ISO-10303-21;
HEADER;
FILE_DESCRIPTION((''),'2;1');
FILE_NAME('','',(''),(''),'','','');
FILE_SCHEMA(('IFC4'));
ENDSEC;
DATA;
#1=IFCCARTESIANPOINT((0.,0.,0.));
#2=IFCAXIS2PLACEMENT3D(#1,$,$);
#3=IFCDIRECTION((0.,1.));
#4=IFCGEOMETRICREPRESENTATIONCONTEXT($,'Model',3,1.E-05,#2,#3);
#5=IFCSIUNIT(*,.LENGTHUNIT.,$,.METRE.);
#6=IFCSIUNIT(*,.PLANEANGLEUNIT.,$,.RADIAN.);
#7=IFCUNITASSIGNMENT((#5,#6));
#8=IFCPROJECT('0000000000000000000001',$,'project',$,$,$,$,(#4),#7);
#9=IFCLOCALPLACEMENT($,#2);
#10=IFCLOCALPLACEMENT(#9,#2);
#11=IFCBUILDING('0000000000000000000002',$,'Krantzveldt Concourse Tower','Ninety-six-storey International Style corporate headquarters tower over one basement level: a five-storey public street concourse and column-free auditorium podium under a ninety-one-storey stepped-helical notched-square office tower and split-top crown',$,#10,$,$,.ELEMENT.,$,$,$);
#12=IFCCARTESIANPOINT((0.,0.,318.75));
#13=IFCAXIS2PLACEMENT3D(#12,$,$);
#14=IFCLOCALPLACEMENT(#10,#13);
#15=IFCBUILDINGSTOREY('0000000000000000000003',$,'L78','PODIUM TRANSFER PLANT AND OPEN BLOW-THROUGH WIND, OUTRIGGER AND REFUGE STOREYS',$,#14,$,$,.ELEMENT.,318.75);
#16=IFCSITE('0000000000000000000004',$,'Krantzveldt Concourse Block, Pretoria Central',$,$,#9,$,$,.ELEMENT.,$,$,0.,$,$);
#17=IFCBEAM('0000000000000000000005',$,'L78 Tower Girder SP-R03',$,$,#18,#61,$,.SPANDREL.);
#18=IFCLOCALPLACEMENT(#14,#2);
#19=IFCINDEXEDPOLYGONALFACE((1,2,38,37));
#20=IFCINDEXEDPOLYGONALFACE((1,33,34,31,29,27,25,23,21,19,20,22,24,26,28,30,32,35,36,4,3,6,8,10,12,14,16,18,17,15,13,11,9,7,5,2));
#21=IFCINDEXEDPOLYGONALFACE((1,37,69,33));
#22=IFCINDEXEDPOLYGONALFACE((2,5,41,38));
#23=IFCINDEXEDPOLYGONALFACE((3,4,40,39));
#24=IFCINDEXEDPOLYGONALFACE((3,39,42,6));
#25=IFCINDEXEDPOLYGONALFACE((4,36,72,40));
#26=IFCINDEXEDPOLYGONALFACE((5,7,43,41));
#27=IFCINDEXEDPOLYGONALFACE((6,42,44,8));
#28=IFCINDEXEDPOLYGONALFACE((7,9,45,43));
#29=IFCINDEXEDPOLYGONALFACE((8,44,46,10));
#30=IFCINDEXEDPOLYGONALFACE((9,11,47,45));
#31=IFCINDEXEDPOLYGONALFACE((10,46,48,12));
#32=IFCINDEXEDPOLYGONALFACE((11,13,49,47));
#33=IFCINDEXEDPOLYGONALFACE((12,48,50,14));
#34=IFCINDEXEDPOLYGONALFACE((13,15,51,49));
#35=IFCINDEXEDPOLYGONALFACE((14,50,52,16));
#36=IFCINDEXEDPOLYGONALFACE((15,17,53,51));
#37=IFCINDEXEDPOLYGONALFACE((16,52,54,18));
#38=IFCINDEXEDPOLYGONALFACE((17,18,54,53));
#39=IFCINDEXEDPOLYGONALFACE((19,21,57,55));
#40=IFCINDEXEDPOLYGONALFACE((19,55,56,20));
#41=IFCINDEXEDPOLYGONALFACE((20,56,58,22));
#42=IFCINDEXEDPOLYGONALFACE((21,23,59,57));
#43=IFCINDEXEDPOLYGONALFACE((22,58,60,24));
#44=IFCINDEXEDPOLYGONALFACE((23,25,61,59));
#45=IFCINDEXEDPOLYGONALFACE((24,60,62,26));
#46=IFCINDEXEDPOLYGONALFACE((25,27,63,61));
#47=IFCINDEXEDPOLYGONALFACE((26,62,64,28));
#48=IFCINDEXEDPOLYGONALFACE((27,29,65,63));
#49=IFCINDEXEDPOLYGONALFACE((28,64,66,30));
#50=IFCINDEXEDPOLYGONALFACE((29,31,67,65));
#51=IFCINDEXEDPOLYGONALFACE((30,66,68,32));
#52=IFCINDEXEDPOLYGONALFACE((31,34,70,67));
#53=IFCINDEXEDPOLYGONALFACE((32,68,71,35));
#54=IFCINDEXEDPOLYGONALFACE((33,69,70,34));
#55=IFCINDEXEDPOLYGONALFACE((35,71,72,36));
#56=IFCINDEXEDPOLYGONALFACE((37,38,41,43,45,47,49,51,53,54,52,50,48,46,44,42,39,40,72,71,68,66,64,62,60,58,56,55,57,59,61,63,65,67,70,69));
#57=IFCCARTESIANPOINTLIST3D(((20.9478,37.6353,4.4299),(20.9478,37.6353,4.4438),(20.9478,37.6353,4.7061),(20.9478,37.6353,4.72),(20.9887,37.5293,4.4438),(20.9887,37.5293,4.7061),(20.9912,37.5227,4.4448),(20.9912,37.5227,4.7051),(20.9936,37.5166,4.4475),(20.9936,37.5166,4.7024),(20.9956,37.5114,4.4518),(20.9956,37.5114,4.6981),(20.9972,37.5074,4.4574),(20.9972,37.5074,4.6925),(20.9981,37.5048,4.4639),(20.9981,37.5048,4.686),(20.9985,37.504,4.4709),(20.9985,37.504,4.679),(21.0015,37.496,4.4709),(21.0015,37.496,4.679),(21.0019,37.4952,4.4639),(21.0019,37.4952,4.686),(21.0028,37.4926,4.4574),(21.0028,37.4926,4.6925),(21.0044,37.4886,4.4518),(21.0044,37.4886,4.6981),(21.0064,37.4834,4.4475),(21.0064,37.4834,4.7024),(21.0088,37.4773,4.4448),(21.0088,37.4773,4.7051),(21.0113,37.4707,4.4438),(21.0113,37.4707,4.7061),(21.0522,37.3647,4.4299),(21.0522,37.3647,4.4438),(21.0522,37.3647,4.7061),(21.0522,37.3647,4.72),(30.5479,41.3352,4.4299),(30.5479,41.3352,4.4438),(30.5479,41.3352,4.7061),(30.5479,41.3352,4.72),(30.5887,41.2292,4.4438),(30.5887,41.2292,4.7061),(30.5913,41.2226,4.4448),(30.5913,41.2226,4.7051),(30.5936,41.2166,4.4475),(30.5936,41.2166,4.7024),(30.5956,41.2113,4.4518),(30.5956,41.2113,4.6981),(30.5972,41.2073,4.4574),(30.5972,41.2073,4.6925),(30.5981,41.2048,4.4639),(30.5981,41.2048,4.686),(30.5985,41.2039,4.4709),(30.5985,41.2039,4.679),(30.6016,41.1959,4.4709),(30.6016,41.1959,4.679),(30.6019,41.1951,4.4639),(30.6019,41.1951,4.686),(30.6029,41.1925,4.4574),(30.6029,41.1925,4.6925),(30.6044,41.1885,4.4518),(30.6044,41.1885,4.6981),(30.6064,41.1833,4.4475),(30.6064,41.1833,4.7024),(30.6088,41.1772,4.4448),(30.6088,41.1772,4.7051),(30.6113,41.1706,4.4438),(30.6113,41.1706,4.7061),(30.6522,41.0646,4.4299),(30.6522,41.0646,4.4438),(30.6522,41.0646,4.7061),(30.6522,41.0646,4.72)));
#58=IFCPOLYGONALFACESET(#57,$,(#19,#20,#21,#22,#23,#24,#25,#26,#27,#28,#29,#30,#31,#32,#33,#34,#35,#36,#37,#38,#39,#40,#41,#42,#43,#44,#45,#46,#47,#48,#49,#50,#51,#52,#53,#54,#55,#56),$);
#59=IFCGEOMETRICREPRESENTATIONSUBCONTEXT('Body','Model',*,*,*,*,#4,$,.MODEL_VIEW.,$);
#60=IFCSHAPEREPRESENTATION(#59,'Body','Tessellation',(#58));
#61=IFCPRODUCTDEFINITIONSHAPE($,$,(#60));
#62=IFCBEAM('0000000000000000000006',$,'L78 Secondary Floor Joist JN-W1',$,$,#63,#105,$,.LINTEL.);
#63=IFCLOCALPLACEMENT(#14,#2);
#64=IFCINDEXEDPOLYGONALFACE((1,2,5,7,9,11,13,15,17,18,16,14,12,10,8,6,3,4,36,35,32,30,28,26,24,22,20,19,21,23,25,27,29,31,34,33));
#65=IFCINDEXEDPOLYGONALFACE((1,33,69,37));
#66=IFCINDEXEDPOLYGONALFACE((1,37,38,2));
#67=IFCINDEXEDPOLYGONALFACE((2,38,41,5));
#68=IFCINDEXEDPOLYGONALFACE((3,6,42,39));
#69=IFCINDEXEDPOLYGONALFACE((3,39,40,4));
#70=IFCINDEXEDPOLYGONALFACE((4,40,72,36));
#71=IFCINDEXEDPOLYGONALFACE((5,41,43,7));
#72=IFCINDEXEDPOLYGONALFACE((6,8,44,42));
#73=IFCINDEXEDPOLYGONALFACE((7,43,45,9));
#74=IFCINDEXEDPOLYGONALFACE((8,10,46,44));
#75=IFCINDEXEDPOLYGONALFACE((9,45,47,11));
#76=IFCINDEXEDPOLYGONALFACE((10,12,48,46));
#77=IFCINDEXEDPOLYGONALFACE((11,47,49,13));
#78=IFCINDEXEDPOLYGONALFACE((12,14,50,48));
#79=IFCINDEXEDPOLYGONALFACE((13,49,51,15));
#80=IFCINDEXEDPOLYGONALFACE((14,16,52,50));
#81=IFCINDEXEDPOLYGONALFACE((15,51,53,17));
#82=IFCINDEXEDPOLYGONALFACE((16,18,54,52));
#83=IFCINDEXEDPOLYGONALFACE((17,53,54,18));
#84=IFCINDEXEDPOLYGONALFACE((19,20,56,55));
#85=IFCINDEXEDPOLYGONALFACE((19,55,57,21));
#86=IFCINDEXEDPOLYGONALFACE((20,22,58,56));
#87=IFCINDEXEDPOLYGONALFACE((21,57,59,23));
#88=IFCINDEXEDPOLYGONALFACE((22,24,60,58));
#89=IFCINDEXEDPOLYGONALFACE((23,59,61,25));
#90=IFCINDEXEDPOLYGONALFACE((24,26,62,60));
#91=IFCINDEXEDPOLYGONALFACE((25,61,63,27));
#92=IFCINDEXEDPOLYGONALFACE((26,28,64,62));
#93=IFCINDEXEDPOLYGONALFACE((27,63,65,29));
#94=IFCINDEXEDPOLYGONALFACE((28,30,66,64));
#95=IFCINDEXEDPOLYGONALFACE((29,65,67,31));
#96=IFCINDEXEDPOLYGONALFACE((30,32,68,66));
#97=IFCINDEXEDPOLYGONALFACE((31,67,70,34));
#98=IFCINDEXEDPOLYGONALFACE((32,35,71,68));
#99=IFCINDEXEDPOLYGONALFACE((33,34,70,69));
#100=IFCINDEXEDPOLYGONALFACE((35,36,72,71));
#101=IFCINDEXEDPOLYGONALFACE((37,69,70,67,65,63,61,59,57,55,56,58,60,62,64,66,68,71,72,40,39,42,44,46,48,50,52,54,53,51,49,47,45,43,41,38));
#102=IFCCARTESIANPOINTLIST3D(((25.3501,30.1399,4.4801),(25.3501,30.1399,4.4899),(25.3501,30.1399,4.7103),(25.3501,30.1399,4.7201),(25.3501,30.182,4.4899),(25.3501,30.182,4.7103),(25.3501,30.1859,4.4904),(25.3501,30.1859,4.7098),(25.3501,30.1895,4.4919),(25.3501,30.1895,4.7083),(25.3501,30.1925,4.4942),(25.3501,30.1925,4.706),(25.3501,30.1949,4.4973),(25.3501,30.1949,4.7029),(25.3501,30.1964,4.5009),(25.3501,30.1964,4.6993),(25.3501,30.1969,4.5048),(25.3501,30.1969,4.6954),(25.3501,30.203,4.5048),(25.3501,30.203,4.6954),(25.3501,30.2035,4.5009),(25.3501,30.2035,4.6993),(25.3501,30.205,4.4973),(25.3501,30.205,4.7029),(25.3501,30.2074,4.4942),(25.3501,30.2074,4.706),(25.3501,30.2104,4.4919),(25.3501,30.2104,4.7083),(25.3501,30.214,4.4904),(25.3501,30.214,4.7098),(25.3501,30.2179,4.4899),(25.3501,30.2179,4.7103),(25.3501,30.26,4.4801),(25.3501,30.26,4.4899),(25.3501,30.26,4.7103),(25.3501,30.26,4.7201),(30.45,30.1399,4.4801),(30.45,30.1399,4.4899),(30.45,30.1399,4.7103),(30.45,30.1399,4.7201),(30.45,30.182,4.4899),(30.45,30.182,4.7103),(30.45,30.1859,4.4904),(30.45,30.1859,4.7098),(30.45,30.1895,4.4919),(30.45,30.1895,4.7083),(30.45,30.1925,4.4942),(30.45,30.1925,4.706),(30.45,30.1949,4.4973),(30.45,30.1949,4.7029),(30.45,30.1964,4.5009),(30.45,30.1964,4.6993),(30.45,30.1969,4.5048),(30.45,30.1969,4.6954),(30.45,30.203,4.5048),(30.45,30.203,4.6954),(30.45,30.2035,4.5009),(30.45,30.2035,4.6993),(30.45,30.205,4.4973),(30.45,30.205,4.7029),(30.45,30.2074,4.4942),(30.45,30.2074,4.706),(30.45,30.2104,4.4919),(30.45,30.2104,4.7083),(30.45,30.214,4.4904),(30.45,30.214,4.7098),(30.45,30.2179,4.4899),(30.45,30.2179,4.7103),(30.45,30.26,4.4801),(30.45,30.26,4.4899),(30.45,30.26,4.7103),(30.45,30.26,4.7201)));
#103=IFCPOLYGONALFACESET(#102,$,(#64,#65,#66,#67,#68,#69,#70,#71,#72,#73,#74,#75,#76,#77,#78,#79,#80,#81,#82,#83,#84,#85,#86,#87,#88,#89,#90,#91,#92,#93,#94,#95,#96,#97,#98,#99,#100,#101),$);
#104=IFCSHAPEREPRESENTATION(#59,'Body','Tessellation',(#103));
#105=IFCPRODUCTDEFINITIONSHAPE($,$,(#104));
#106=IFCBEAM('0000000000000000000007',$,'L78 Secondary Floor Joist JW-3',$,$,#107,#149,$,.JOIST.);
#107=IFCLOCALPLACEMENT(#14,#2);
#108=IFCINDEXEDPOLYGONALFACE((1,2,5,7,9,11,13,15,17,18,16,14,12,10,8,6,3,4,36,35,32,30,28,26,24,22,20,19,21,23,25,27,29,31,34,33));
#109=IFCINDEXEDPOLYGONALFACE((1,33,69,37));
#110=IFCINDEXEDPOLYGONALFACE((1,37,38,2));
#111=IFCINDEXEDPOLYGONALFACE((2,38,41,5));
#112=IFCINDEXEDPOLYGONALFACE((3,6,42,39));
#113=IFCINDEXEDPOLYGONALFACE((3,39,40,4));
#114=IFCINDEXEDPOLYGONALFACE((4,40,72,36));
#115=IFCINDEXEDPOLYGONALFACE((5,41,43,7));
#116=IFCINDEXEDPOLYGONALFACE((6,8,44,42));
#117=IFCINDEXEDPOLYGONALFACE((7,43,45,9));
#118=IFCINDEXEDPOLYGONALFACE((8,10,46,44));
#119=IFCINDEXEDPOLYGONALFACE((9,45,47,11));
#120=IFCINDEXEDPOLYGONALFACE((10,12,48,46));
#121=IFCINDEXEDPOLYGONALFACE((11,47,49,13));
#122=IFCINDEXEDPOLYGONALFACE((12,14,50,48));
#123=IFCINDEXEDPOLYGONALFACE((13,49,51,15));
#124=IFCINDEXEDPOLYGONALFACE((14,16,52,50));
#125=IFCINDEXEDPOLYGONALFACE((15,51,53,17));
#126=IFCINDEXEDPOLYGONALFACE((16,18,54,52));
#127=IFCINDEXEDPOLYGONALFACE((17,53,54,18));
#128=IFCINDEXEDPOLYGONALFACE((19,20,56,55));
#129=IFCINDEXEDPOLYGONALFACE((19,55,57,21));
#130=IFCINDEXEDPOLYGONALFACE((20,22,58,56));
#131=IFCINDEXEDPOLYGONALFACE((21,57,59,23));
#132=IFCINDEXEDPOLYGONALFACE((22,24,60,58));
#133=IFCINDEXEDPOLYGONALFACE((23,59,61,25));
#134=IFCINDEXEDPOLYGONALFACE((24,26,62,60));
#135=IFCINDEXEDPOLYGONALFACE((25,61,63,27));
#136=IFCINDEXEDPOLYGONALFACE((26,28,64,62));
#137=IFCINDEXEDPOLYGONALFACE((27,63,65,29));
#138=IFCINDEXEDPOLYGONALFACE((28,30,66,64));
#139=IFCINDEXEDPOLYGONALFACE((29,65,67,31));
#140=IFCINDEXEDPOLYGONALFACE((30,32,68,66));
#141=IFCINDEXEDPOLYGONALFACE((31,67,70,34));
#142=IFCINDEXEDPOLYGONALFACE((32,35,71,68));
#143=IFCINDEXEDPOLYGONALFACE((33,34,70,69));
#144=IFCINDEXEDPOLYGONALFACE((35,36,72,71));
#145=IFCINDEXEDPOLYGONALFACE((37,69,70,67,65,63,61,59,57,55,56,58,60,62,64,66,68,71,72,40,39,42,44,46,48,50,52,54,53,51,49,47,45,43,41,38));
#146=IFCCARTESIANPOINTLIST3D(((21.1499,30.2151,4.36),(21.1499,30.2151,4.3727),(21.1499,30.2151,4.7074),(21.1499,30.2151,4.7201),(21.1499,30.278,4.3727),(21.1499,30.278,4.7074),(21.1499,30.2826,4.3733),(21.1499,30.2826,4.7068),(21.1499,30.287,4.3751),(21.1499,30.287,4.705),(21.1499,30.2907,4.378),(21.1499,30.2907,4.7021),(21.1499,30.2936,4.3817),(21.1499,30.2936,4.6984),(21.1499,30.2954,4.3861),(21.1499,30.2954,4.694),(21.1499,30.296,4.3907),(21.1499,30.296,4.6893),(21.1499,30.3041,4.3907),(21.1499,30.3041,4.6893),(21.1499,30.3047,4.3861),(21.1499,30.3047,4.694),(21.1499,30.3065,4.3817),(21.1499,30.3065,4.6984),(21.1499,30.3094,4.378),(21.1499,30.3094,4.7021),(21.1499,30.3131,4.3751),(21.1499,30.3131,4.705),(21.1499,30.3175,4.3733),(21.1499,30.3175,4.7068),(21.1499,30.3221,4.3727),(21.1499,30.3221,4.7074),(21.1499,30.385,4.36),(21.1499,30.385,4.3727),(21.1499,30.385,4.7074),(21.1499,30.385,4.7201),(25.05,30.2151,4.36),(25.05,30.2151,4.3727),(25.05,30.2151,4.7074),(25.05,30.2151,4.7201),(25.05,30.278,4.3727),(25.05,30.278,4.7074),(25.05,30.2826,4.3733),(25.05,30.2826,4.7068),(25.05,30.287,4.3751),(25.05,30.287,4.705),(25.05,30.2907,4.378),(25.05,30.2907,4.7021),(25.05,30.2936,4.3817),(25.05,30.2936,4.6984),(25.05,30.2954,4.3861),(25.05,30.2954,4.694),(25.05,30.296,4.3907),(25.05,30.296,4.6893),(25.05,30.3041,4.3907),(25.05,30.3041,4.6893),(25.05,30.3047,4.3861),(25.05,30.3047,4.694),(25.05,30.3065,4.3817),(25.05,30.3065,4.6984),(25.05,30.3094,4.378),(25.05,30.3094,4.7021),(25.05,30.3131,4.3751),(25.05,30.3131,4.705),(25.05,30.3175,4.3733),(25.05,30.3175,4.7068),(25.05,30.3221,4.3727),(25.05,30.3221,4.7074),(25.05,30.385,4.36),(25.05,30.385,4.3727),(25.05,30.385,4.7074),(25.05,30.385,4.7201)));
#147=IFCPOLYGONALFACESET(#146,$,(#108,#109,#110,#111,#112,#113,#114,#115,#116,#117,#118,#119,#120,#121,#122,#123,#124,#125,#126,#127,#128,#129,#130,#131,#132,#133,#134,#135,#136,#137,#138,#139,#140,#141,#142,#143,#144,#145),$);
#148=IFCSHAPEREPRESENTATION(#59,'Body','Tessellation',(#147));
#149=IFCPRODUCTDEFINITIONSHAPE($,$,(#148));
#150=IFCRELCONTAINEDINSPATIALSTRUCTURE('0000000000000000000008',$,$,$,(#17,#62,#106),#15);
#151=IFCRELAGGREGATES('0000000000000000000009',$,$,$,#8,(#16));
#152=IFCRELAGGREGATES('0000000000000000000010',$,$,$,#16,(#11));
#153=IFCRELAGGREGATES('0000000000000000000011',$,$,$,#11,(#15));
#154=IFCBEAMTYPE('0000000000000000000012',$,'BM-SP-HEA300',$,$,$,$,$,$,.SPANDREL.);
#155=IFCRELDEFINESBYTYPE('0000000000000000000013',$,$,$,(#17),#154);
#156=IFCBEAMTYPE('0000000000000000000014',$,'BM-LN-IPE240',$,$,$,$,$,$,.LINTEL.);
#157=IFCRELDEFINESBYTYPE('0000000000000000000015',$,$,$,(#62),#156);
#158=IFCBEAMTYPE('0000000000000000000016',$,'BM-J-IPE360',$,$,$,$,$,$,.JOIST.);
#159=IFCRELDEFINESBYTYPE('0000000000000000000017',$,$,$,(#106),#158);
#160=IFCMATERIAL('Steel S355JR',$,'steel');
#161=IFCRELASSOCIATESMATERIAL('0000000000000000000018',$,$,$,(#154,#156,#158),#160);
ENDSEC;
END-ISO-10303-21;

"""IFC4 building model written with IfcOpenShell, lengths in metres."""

from ifc_helpers import new_model, si_unit, direction, frame, origin, origin_2d, place, context, subcontext, project, spatial, i_section, extrude, source, transform, mapped, material, material_profile, profile_set, type_object, type_shapes, element, save


model = new_model("IFC4")

# Units and contexts
model_context = context("Model", 3, precision=1e-05, world=origin(), true_north=direction((0.0, 1.0)))
body_context = subcontext(model_context, "Body", "Model", "MODEL_VIEW")
ifc_project = project(units=[si_unit("LENGTHUNIT", "METRE"), si_unit("PLANEANGLEUNIT", "RADIAN")], contexts=[model_context])

# Site, building, storey
site_placement = place(None, origin())
site = spatial("IfcSite", under=ifc_project, at=site_placement, Name="Krantzveldt Concourse Block, Pretoria Central", CompositionType="ELEMENT", RefElevation=0.0)
building_placement = place(site_placement, origin())
building = spatial("IfcBuilding", under=site, at=building_placement, Name="Krantzveldt Concourse Tower", Description="Ninety-six-storey International Style corporate headquarters tower over one basement level: a five-storey public street concourse and column-free auditorium podium under a ninety-one-storey stepped-helical notched-square office tower and split-top crown", CompositionType="ELEMENT")
storey_placement = place(building_placement, frame((0.0, 0.0, 318.75)))
storey = spatial("IfcBuildingStorey", under=building, at=storey_placement, Name="L78", Description="PODIUM TRANSFER PLANT AND OPEN BLOW-THROUGH WIND, OUTRIGGER AND REFUGE STOREYS", CompositionType="ELEMENT", Elevation=318.75)

# Beams
ifc_material_1 = material(Name="Steel S355JR", Category="steel")
ifc_material_profile_1 = material_profile(ifc_material_1, i_section(OverallWidth=0.29, OverallDepth=0.29, WebThickness=0.0085, FlangeThickness=0.0139, FilletRadius=0.0271, at=origin_2d()), Name="Steel S355JR", Category="steel")
ifc_profile_set_1 = profile_set([ifc_material_profile_1], Name="Steel S355JR - HEA 300")
beam_type_1 = type_object("IfcBeamType", Name="BM-SP-HEA300", PredefinedType="SPANDREL", material=ifc_profile_set_1)
shared_shape_1 = source(origin(), body_context, "Body", "SweptSolid", [
    extrude(i_section(OverallWidth=0.29, OverallDepth=0.29, WebThickness=0.0085, FlangeThickness=0.0139, FilletRadius=0.0271, at=origin_2d()), origin(), (0.0, 0.0, 1.0), 10.2883),
])
beam_1_placement = place(storey_placement, frame((21.0, 37.5, 4.575), z_axis=(0.933098, 0.359623, 0.0), x_axis=(-0.359623, 0.933098, 0.0)))
element("IfcBeam", 1, at=beam_1_placement, inside=storey, type_object=beam_type_1, Name="L78 Tower Girder SP-R03", PredefinedType="SPANDREL", context=body_context, shape_type="MappedRepresentation", body=[
    mapped(shared_shape_1, transform((0.0, 0.0, 0.0), x_axis=(1.0, 0.0, 0.0), y_axis=(0.0, 1.0, 0.0), z_axis=(0.0, 0.0, 1.0), scale=1.0)),
])
ifc_material_profile_2 = material_profile(ifc_material_1, i_section(OverallWidth=0.1201, OverallDepth=0.24, WebThickness=0.0061, FlangeThickness=0.0098, FilletRadius=0.0149, at=origin_2d()), Name="Steel S355JR", Category="steel")
ifc_profile_set_2 = profile_set([ifc_material_profile_2], Name="Steel S355JR - IPE 240")
beam_type_2 = type_object("IfcBeamType", Name="BM-LN-IPE240", PredefinedType="LINTEL", material=ifc_profile_set_2)
shared_shape_2 = source(origin(), body_context, "Body", "SweptSolid", [
    extrude(i_section(OverallWidth=0.1201, OverallDepth=0.24, WebThickness=0.0061, FlangeThickness=0.0098, FilletRadius=0.0149, at=origin_2d()), origin(), (0.0, 0.0, 1.0), 5.0999),
])
type_shapes(beam_type_2, [shared_shape_2])
beam_2_placement = place(storey_placement, frame((25.3501, 30.2, 4.6001), z_axis=(1.0, 0.0, 0.0), x_axis=(0.0, 1.0, 0.0)))
element("IfcBeam", 2, at=beam_2_placement, inside=storey, type_object=beam_type_2, Name="L78 Secondary Floor Joist JN-W1", PredefinedType="LINTEL", context=body_context, shape_type="MappedRepresentation", body=[
    mapped(shared_shape_2, transform((0.0, 0.0, 0.0), x_axis=(1.0, 0.0, 0.0), y_axis=(0.0, 1.0, 0.0), z_axis=(0.0, 0.0, 1.0), scale=1.0)),
])
ifc_material_profile_3 = material_profile(ifc_material_1, i_section(OverallWidth=0.1699, OverallDepth=0.3601, WebThickness=0.0081, FlangeThickness=0.0127, FilletRadius=0.0181, at=origin_2d()), Name="Steel S355JR", Category="steel")
ifc_profile_set_3 = profile_set([ifc_material_profile_3], Name="Steel S355JR - IPE 360")
beam_type_3 = type_object("IfcBeamType", Name="BM-J-IPE360", PredefinedType="JOIST", material=ifc_profile_set_3)
shared_shape_3 = source(origin(), body_context, "Body", "SweptSolid", [
    extrude(i_section(OverallWidth=0.1699, OverallDepth=0.3601, WebThickness=0.0081, FlangeThickness=0.0127, FilletRadius=0.0181, at=origin_2d()), origin(), (0.0, 0.0, 1.0), 3.9001),
])
type_shapes(beam_type_3, [shared_shape_3])
for number, where, z_axis, x_axis, name in (
    (3, (21.1499, 30.3, 4.54), (1.0, 0.0, 0.0), (0.0, 1.0, 0.0), "L78 Secondary Floor Joist JW-3"),
):
    element("IfcBeam", number, at=place(storey_placement, frame(where, z_axis=z_axis, x_axis=x_axis)), inside=storey, type_object=beam_type_3, Name=name, PredefinedType="JOIST", context=body_context, shape_type="MappedRepresentation", body=[
        mapped(shared_shape_3, transform((0.0, 0.0, 0.0), x_axis=(1.0, 0.0, 0.0), y_axis=(0.0, 1.0, 0.0), z_axis=(0.0, 0.0, 1.0), scale=1.0)),
    ])

save(model, "model.ifc")
